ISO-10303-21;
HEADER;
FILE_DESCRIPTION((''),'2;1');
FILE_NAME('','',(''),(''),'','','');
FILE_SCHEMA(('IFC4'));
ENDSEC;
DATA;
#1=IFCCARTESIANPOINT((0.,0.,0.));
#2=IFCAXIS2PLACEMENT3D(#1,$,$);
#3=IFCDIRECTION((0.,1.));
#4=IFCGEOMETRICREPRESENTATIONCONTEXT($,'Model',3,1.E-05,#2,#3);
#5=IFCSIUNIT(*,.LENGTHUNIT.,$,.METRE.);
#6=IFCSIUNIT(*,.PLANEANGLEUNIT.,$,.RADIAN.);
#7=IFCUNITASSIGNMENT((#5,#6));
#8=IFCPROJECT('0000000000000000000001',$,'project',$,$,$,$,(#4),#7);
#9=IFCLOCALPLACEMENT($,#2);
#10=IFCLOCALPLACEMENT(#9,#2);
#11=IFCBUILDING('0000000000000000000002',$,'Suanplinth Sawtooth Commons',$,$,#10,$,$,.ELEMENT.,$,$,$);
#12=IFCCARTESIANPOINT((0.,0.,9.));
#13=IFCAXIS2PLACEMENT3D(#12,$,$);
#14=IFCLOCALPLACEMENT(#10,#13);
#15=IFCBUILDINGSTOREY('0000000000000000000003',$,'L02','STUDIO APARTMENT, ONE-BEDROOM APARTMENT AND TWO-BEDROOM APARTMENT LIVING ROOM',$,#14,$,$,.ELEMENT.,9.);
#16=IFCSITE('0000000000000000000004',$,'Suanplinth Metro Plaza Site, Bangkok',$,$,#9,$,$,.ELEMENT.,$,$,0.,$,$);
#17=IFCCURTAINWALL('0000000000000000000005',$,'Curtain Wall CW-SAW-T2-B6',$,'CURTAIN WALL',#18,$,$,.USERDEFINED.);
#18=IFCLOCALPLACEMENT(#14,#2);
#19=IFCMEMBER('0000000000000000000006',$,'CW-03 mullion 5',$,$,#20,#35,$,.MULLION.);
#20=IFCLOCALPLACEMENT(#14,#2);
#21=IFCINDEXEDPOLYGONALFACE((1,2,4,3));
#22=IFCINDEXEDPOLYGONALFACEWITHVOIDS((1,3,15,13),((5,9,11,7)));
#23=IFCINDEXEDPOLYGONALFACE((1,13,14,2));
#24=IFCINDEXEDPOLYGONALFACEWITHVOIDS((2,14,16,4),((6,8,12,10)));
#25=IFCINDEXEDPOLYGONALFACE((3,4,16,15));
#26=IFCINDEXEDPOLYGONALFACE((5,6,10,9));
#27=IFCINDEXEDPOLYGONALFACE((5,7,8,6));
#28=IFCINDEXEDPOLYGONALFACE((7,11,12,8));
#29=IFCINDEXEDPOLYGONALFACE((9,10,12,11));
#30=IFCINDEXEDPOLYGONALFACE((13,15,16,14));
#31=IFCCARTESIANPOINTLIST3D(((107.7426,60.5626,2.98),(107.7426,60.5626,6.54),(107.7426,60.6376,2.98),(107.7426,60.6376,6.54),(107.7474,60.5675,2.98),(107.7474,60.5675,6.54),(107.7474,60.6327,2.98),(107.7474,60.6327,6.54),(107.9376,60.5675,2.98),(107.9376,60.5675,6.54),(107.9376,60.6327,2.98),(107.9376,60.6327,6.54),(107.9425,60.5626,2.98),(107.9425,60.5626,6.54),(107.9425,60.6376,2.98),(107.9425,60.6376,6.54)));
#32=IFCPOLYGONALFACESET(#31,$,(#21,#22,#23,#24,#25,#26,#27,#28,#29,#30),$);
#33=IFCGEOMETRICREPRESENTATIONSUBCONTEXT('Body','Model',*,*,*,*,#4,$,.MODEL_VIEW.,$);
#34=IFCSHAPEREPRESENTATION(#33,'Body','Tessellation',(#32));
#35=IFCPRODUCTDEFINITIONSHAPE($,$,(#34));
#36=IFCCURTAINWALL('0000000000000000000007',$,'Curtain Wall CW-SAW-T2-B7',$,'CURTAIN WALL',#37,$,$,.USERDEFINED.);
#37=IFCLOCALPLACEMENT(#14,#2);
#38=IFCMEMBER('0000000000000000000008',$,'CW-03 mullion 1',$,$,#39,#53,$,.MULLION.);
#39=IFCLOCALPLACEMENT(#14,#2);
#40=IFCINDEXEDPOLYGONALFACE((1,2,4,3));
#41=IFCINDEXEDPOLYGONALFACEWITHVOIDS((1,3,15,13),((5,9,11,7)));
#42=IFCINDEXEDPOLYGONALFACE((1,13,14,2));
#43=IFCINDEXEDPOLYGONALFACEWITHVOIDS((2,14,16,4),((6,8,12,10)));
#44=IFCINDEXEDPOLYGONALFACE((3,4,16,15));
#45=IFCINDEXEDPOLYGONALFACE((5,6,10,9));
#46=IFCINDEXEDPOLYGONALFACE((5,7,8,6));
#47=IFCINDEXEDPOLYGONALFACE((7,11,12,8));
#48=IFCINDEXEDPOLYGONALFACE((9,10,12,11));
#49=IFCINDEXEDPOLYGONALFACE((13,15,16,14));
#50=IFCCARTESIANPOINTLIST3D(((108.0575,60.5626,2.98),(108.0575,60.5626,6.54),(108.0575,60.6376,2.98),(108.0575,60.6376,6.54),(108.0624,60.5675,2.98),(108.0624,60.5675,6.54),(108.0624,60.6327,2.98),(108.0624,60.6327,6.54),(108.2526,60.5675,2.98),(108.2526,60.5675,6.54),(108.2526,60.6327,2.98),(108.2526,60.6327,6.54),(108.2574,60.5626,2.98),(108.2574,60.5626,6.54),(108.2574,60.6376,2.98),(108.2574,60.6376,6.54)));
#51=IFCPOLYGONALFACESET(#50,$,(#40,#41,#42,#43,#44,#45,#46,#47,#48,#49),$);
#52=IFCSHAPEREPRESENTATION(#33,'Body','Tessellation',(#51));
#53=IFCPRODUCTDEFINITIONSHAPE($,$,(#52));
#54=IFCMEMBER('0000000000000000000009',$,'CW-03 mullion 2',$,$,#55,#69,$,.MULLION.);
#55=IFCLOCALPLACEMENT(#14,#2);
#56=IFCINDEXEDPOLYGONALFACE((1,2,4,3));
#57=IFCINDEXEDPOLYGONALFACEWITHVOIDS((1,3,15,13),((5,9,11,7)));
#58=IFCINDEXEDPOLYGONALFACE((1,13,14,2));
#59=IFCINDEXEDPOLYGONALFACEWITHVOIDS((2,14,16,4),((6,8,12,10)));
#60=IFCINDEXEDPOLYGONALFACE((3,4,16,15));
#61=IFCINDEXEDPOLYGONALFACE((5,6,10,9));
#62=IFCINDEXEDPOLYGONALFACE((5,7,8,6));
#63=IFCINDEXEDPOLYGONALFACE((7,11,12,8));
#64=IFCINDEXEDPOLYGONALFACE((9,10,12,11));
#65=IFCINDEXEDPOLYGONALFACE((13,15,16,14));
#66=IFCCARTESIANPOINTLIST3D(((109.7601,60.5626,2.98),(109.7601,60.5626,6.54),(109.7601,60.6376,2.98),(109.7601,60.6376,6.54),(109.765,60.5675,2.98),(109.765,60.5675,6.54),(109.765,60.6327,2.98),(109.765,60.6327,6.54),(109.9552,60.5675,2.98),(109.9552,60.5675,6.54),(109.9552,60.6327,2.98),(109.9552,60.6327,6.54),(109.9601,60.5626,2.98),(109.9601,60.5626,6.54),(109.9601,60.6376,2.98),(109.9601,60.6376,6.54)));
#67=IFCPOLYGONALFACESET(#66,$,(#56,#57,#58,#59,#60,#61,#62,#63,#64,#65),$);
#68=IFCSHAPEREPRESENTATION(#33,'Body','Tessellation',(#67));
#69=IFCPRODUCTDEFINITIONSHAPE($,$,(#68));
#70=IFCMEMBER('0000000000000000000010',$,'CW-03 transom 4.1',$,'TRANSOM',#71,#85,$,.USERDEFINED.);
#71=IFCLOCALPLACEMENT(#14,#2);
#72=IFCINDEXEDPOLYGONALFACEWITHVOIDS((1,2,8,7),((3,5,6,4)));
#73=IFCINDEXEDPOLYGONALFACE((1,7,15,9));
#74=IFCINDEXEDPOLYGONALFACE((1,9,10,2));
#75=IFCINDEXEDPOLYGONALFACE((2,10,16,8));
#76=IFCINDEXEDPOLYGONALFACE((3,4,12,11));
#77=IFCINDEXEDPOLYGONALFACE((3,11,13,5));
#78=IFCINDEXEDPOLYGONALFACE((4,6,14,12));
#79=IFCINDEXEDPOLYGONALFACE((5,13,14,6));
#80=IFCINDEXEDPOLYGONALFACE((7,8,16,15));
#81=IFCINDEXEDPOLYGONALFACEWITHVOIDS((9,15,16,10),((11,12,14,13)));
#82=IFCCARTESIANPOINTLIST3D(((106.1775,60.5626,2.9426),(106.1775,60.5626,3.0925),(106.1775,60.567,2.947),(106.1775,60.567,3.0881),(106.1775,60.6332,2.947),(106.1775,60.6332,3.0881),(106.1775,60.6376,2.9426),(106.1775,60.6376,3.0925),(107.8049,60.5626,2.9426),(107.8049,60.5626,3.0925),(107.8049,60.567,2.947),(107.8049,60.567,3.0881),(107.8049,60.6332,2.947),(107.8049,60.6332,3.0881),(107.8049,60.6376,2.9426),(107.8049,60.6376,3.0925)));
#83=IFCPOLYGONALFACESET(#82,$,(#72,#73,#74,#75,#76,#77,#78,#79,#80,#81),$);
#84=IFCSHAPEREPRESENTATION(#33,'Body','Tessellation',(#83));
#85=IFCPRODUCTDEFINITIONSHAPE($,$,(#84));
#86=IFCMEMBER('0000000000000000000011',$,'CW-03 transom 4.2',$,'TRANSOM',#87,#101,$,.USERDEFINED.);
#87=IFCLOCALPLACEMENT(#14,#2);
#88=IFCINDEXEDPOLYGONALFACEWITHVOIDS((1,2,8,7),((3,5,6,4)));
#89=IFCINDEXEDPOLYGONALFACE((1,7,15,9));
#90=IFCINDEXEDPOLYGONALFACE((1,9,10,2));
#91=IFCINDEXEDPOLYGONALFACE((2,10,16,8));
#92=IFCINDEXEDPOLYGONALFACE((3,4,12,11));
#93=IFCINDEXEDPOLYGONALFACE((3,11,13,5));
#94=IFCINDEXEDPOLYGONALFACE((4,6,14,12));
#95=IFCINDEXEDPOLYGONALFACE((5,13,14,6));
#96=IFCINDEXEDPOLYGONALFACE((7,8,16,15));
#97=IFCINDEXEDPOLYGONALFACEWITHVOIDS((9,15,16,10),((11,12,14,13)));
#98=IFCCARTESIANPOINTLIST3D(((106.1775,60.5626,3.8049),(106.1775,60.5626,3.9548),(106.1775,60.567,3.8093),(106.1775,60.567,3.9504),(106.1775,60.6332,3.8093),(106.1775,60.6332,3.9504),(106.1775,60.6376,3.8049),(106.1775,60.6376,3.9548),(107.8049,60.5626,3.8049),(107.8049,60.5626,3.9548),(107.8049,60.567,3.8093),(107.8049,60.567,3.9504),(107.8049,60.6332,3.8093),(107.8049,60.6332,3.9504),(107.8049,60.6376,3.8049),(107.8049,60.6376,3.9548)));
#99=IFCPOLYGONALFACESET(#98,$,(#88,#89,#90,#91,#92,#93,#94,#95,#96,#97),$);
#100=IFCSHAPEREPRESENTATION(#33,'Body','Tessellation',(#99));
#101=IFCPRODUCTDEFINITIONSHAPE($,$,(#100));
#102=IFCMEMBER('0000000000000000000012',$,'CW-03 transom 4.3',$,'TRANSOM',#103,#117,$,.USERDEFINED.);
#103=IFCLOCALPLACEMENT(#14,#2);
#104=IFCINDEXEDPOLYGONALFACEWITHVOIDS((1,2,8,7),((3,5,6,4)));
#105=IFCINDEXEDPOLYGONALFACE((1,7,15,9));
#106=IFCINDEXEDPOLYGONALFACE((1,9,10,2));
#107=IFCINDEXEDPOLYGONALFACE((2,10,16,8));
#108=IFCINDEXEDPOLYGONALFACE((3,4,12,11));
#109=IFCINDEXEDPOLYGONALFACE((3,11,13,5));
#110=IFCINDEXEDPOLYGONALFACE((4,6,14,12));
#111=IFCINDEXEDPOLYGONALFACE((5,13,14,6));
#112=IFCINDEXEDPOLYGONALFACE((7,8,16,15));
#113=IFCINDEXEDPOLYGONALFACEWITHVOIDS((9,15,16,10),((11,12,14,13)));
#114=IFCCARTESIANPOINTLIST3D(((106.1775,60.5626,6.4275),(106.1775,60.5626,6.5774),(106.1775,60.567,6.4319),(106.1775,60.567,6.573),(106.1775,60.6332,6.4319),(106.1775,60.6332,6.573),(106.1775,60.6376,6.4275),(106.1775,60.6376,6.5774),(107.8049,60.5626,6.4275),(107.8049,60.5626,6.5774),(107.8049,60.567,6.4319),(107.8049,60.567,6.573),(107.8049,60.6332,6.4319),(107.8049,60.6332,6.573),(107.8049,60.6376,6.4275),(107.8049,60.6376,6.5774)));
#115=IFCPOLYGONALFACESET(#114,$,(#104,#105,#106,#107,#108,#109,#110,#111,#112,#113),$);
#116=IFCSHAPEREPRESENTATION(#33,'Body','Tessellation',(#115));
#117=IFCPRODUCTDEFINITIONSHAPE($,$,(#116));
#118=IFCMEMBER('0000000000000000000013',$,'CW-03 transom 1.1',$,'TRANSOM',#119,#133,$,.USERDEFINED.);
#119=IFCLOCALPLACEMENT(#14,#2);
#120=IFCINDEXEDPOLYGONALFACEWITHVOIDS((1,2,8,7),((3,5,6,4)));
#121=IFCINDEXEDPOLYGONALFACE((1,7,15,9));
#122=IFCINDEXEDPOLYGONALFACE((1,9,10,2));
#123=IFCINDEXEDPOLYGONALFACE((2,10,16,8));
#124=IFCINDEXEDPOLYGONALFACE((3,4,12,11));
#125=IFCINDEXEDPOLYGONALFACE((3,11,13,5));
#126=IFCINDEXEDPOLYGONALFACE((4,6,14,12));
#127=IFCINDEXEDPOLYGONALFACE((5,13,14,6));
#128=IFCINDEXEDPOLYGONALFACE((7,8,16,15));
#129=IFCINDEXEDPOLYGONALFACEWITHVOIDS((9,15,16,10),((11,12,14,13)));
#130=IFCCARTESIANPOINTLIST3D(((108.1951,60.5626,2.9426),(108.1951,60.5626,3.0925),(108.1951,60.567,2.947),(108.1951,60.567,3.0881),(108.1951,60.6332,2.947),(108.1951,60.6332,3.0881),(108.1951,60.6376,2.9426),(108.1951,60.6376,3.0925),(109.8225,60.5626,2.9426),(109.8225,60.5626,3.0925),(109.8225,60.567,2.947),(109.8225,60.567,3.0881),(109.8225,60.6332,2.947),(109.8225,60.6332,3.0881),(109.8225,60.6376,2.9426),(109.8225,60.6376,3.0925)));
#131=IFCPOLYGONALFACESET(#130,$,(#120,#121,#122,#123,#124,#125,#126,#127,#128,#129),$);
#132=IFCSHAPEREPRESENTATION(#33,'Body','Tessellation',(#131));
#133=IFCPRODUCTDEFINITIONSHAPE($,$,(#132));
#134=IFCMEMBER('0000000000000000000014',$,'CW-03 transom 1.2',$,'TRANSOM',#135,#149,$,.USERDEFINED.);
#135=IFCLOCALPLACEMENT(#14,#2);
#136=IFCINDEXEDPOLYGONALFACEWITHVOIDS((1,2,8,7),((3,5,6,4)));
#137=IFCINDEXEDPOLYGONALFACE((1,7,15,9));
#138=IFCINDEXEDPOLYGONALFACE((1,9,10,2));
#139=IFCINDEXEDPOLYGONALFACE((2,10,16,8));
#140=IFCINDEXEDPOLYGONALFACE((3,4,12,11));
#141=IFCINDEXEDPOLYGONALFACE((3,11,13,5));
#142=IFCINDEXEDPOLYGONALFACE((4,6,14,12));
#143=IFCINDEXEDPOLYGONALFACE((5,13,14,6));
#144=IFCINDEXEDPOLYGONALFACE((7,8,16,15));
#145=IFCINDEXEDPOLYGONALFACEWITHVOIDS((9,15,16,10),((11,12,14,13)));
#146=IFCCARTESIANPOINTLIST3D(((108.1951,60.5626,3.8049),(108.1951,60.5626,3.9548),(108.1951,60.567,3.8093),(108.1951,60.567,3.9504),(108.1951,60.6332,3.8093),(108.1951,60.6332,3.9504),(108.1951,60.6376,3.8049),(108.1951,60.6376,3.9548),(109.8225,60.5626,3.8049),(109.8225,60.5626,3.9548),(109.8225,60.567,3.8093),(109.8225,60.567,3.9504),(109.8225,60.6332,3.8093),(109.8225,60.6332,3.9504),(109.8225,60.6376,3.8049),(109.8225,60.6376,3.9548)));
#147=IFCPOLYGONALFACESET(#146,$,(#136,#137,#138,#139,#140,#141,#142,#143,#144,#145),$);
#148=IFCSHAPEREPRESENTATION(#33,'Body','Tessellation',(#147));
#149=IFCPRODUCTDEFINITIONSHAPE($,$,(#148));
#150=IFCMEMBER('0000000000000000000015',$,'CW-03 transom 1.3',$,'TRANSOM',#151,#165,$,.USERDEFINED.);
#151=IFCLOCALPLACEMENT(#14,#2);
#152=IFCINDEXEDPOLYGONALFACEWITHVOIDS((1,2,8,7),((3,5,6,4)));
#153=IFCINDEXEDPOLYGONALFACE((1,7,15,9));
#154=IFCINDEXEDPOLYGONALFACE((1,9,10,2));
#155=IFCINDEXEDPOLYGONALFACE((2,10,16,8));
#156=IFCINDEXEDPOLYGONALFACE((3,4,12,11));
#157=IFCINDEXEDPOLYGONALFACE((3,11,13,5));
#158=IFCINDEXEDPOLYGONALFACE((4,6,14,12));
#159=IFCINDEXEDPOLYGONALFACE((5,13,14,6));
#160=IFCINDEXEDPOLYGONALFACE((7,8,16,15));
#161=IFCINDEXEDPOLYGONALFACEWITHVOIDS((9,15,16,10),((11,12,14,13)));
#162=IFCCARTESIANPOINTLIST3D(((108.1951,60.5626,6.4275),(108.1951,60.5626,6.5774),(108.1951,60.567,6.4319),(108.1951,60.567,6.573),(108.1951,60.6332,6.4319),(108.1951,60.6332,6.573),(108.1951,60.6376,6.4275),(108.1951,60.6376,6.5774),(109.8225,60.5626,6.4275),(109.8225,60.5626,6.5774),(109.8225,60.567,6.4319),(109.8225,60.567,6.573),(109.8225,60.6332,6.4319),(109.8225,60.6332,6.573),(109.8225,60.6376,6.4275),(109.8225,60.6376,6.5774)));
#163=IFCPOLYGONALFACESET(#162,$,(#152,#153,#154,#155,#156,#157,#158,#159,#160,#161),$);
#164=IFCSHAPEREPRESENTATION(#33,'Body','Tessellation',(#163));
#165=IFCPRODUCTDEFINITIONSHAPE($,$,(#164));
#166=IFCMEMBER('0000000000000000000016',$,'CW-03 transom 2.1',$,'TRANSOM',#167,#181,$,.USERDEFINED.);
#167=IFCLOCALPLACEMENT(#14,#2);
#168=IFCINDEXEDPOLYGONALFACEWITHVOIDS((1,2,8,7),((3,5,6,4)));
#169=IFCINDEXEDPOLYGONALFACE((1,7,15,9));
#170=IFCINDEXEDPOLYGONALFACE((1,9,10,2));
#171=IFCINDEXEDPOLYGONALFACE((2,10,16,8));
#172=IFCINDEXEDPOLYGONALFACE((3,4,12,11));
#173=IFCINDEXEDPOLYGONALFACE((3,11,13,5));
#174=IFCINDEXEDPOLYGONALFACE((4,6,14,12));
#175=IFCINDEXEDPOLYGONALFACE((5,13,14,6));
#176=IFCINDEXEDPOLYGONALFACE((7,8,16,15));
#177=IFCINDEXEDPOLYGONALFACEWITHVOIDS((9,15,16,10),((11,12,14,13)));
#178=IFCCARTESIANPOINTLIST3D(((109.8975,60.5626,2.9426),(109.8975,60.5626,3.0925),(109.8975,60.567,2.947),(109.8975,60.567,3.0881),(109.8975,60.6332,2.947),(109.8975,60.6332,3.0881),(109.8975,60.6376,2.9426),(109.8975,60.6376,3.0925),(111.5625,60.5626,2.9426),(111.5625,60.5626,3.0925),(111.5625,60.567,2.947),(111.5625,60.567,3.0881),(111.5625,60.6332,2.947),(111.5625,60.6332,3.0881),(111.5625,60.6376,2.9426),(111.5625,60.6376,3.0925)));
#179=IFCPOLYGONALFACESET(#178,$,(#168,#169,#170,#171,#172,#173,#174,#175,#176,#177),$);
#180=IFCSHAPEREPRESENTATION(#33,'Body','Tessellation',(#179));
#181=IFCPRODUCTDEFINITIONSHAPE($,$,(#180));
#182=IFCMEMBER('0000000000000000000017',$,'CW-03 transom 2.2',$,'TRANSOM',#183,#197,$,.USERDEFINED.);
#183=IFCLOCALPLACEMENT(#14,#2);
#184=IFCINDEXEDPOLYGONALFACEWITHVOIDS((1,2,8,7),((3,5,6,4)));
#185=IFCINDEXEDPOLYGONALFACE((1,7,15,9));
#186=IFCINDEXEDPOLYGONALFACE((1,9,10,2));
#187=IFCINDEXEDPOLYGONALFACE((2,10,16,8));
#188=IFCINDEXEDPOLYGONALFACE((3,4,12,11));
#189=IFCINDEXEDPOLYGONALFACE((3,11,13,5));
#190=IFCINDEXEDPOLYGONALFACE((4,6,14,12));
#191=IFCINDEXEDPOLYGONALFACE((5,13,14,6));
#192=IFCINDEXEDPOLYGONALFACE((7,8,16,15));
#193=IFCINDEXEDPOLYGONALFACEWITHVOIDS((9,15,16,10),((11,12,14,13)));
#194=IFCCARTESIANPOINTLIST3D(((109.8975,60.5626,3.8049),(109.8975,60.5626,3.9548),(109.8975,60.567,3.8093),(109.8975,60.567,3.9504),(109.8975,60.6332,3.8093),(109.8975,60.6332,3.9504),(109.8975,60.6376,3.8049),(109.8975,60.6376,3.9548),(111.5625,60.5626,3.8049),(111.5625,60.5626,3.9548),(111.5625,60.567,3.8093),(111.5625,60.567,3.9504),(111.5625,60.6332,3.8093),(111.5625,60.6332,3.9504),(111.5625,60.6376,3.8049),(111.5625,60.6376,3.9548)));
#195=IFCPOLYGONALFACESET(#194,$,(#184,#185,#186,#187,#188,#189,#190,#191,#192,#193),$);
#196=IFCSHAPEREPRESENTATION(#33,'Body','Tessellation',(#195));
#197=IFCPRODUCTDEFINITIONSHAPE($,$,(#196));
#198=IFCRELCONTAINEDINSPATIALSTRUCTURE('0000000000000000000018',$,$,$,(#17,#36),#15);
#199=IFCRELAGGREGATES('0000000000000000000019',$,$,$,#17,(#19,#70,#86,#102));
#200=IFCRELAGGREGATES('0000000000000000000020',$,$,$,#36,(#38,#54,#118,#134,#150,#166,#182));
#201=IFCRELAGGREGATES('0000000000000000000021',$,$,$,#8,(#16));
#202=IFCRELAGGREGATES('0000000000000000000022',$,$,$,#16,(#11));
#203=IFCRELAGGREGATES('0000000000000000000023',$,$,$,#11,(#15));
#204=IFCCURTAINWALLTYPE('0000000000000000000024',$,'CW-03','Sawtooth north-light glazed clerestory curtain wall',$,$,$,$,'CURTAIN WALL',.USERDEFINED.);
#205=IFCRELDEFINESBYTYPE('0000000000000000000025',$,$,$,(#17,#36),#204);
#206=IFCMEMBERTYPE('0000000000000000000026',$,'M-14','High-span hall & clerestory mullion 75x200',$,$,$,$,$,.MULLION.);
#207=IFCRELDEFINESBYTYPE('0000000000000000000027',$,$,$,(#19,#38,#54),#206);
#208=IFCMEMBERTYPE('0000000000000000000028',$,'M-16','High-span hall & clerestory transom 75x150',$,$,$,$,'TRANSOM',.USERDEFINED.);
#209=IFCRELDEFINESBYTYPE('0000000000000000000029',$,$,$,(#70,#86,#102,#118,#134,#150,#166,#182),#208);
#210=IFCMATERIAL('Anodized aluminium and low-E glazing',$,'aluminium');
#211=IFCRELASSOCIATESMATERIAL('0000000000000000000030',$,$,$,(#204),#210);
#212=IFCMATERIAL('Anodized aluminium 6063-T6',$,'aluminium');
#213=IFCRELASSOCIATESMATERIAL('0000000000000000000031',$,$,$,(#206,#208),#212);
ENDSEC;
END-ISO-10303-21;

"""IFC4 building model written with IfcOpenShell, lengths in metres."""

from ifc_helpers import new_model, si_unit, direction, frame, origin, origin_2d, place, context, subcontext, project, spatial, hollow_rectangle, extrude, material, material_profile, profile_set, type_object, element, aggregate, save


model = new_model("IFC4")

# Units and contexts
model_context = context("Model", 3, precision=1e-05, world=origin(), true_north=direction((0.0, 1.0)))
body_context = subcontext(model_context, "Body", "Model", "MODEL_VIEW")
ifc_project = project(units=[si_unit("LENGTHUNIT", "METRE"), si_unit("PLANEANGLEUNIT", "RADIAN")], contexts=[model_context])

# Site, building, storey
site_placement = place(None, origin())
site = spatial("IfcSite", under=ifc_project, at=site_placement, Name="Suanplinth Metro Plaza Site, Bangkok", CompositionType="ELEMENT", RefElevation=0.0)
building_placement = place(site_placement, origin())
building = spatial("IfcBuilding", under=site, at=building_placement, Name="Suanplinth Sawtooth Commons", CompositionType="ELEMENT")
storey_placement = place(building_placement, frame((0.0, 0.0, 9.0)))
storey = spatial("IfcBuildingStorey", under=building, at=storey_placement, Name="L02", Description="STUDIO APARTMENT, ONE-BEDROOM APARTMENT AND TWO-BEDROOM APARTMENT LIVING ROOM", CompositionType="ELEMENT", Elevation=9.0)

# Curtain walls, members
ifc_material_1 = material(Name="Anodized aluminium and low-E glazing", Category="aluminium")
curtain_wall_type = type_object("IfcCurtainWallType", Name="CW-03", Description="Sawtooth north-light glazed clerestory curtain wall", ElementType="CURTAIN WALL", PredefinedType="USERDEFINED", material=ifc_material_1)
curtain_wall_1_placement = place(storey_placement, origin())
curtain_wall_1 = element("IfcCurtainWall", 1, at=curtain_wall_1_placement, inside=storey, type_object=curtain_wall_type, Name="Curtain Wall CW-SAW-T2-B6", ObjectType="CURTAIN WALL", PredefinedType="USERDEFINED")
ifc_material_2 = material(Name="Anodized aluminium 6063-T6", Category="aluminium")
ifc_material_profile_1 = material_profile(ifc_material_2, hollow_rectangle(XDim=0.075, YDim=0.2, WallThickness=0.0049, at=origin_2d()), Name="ALU-MUL 75x200")
ifc_profile_set_1 = profile_set([ifc_material_profile_1], Name="Anodized aluminium 6063-T6")
member_type_1 = type_object("IfcMemberType", Name="M-14", Description="High-span hall & clerestory mullion 75x200", PredefinedType="MULLION", material=ifc_profile_set_1)
member_1_placement = place(storey_placement, frame((107.8425, 60.6001, 2.98), z_axis=(0.0, 0.0, 1.0), x_axis=(0.0, 1.0, 0.0)))
member_1 = element("IfcMember", 2, at=member_1_placement, type_object=member_type_1, Name="CW-03 mullion 5", PredefinedType="MULLION", context=body_context, shape_type="SweptSolid", body=[
    extrude(hollow_rectangle(XDim=0.075, YDim=0.2, WallThickness=0.0049, at=origin_2d()), origin(), (0.0, 0.0, 1.0), 3.5601),
])
curtain_wall_2_placement = place(storey_placement, origin())
curtain_wall_2 = element("IfcCurtainWall", 3, at=curtain_wall_2_placement, inside=storey, type_object=curtain_wall_type, Name="Curtain Wall CW-SAW-T2-B7", ObjectType="CURTAIN WALL", PredefinedType="USERDEFINED")
member_2_placement = place(storey_placement, frame((108.1575, 60.6001, 2.98), z_axis=(0.0, 0.0, 1.0), x_axis=(0.0, 1.0, 0.0)))
member_2 = element("IfcMember", 4, at=member_2_placement, type_object=member_type_1, Name="CW-03 mullion 1", PredefinedType="MULLION", context=body_context, shape_type="SweptSolid", body=[
    extrude(hollow_rectangle(XDim=0.075, YDim=0.2, WallThickness=0.0049, at=origin_2d()), origin(), (0.0, 0.0, 1.0), 3.5601),
])
member_3_placement = place(storey_placement, frame((109.8601, 60.6001, 2.98), z_axis=(0.0, 0.0, 1.0), x_axis=(0.0, 1.0, 0.0)))
member_3 = element("IfcMember", 5, at=member_3_placement, type_object=member_type_1, Name="CW-03 mullion 2", PredefinedType="MULLION", context=body_context, shape_type="SweptSolid", body=[
    extrude(hollow_rectangle(XDim=0.075, YDim=0.2, WallThickness=0.0049, at=origin_2d()), origin(), (0.0, 0.0, 1.0), 3.5601),
])

# Members
ifc_material_profile_2 = material_profile(ifc_material_2, hollow_rectangle(XDim=0.075, YDim=0.1499, WallThickness=0.0044, at=origin_2d()), Name="ALU-TRN 75x150")
ifc_profile_set_2 = profile_set([ifc_material_profile_2], Name="Anodized aluminium 6063-T6")
member_type_2 = type_object("IfcMemberType", Name="M-16", Description="High-span hall & clerestory transom 75x150", ElementType="TRANSOM", PredefinedType="USERDEFINED", material=ifc_profile_set_2)
member_4_placement = place(storey_placement, frame((106.1775, 60.6001, 3.0176), z_axis=(1.0, 0.0, 0.0), x_axis=(0.0, 1.0, 0.0)))
member_4 = element("IfcMember", 6, at=member_4_placement, type_object=member_type_2, Name="CW-03 transom 4.1", ObjectType="TRANSOM", PredefinedType="USERDEFINED", context=body_context, shape_type="SweptSolid", body=[
    extrude(hollow_rectangle(XDim=0.075, YDim=0.1499, WallThickness=0.0044, at=origin_2d()), origin(), (0.0, 0.0, 1.0), 1.6274),
])
member_5_placement = place(storey_placement, frame((106.1775, 60.6001, 3.8799), z_axis=(1.0, 0.0, 0.0), x_axis=(0.0, 1.0, 0.0)))
member_5 = element("IfcMember", 7, at=member_5_placement, type_object=member_type_2, Name="CW-03 transom 4.2", ObjectType="TRANSOM", PredefinedType="USERDEFINED", context=body_context, shape_type="SweptSolid", body=[
    extrude(hollow_rectangle(XDim=0.075, YDim=0.1499, WallThickness=0.0044, at=origin_2d()), origin(), (0.0, 0.0, 1.0), 1.6274),
])
member_6_placement = place(storey_placement, frame((106.1775, 60.6001, 6.5024), z_axis=(1.0, 0.0, 0.0), x_axis=(0.0, 1.0, 0.0)))
member_6 = element("IfcMember", 8, at=member_6_placement, type_object=member_type_2, Name="CW-03 transom 4.3", ObjectType="TRANSOM", PredefinedType="USERDEFINED", context=body_context, shape_type="SweptSolid", body=[
    extrude(hollow_rectangle(XDim=0.075, YDim=0.1499, WallThickness=0.0044, at=origin_2d()), origin(), (0.0, 0.0, 1.0), 1.6274),
])
member_7_placement = place(storey_placement, frame((108.1951, 60.6001, 3.0176), z_axis=(1.0, 0.0, 0.0), x_axis=(0.0, 1.0, 0.0)))
member_7 = element("IfcMember", 9, at=member_7_placement, type_object=member_type_2, Name="CW-03 transom 1.1", ObjectType="TRANSOM", PredefinedType="USERDEFINED", context=body_context, shape_type="SweptSolid", body=[
    extrude(hollow_rectangle(XDim=0.075, YDim=0.1499, WallThickness=0.0044, at=origin_2d()), origin(), (0.0, 0.0, 1.0), 1.6274),
])
member_8_placement = place(storey_placement, frame((108.1951, 60.6001, 3.8799), z_axis=(1.0, 0.0, 0.0), x_axis=(0.0, 1.0, 0.0)))
member_8 = element("IfcMember", 10, at=member_8_placement, type_object=member_type_2, Name="CW-03 transom 1.2", ObjectType="TRANSOM", PredefinedType="USERDEFINED", context=body_context, shape_type="SweptSolid", body=[
    extrude(hollow_rectangle(XDim=0.075, YDim=0.1499, WallThickness=0.0044, at=origin_2d()), origin(), (0.0, 0.0, 1.0), 1.6274),
])
member_9_placement = place(storey_placement, frame((108.1951, 60.6001, 6.5024), z_axis=(1.0, 0.0, 0.0), x_axis=(0.0, 1.0, 0.0)))
member_9 = element("IfcMember", 11, at=member_9_placement, type_object=member_type_2, Name="CW-03 transom 1.3", ObjectType="TRANSOM", PredefinedType="USERDEFINED", context=body_context, shape_type="SweptSolid", body=[
    extrude(hollow_rectangle(XDim=0.075, YDim=0.1499, WallThickness=0.0044, at=origin_2d()), origin(), (0.0, 0.0, 1.0), 1.6274),
])
member_10_placement = place(storey_placement, frame((109.8975, 60.6001, 3.0176), z_axis=(1.0, 0.0, 0.0), x_axis=(0.0, 1.0, 0.0)))
member_10 = element("IfcMember", 12, at=member_10_placement, type_object=member_type_2, Name="CW-03 transom 2.1", ObjectType="TRANSOM", PredefinedType="USERDEFINED", context=body_context, shape_type="SweptSolid", body=[
    extrude(hollow_rectangle(XDim=0.075, YDim=0.1499, WallThickness=0.0044, at=origin_2d()), origin(), (0.0, 0.0, 1.0), 1.665),
])
member_11_placement = place(storey_placement, frame((109.8975, 60.6001, 3.8799), z_axis=(1.0, 0.0, 0.0), x_axis=(0.0, 1.0, 0.0)))
member_11 = element("IfcMember", 13, at=member_11_placement, type_object=member_type_2, Name="CW-03 transom 2.2", ObjectType="TRANSOM", PredefinedType="USERDEFINED", context=body_context, shape_type="SweptSolid", body=[
    extrude(hollow_rectangle(XDim=0.075, YDim=0.1499, WallThickness=0.0044, at=origin_2d()), origin(), (0.0, 0.0, 1.0), 1.665),
])

aggregate(curtain_wall_1, [member_1, member_4, member_5, member_6])
aggregate(curtain_wall_2, [member_2, member_3, member_7, member_8, member_9, member_10, member_11])

save(model, "model.ifc")
